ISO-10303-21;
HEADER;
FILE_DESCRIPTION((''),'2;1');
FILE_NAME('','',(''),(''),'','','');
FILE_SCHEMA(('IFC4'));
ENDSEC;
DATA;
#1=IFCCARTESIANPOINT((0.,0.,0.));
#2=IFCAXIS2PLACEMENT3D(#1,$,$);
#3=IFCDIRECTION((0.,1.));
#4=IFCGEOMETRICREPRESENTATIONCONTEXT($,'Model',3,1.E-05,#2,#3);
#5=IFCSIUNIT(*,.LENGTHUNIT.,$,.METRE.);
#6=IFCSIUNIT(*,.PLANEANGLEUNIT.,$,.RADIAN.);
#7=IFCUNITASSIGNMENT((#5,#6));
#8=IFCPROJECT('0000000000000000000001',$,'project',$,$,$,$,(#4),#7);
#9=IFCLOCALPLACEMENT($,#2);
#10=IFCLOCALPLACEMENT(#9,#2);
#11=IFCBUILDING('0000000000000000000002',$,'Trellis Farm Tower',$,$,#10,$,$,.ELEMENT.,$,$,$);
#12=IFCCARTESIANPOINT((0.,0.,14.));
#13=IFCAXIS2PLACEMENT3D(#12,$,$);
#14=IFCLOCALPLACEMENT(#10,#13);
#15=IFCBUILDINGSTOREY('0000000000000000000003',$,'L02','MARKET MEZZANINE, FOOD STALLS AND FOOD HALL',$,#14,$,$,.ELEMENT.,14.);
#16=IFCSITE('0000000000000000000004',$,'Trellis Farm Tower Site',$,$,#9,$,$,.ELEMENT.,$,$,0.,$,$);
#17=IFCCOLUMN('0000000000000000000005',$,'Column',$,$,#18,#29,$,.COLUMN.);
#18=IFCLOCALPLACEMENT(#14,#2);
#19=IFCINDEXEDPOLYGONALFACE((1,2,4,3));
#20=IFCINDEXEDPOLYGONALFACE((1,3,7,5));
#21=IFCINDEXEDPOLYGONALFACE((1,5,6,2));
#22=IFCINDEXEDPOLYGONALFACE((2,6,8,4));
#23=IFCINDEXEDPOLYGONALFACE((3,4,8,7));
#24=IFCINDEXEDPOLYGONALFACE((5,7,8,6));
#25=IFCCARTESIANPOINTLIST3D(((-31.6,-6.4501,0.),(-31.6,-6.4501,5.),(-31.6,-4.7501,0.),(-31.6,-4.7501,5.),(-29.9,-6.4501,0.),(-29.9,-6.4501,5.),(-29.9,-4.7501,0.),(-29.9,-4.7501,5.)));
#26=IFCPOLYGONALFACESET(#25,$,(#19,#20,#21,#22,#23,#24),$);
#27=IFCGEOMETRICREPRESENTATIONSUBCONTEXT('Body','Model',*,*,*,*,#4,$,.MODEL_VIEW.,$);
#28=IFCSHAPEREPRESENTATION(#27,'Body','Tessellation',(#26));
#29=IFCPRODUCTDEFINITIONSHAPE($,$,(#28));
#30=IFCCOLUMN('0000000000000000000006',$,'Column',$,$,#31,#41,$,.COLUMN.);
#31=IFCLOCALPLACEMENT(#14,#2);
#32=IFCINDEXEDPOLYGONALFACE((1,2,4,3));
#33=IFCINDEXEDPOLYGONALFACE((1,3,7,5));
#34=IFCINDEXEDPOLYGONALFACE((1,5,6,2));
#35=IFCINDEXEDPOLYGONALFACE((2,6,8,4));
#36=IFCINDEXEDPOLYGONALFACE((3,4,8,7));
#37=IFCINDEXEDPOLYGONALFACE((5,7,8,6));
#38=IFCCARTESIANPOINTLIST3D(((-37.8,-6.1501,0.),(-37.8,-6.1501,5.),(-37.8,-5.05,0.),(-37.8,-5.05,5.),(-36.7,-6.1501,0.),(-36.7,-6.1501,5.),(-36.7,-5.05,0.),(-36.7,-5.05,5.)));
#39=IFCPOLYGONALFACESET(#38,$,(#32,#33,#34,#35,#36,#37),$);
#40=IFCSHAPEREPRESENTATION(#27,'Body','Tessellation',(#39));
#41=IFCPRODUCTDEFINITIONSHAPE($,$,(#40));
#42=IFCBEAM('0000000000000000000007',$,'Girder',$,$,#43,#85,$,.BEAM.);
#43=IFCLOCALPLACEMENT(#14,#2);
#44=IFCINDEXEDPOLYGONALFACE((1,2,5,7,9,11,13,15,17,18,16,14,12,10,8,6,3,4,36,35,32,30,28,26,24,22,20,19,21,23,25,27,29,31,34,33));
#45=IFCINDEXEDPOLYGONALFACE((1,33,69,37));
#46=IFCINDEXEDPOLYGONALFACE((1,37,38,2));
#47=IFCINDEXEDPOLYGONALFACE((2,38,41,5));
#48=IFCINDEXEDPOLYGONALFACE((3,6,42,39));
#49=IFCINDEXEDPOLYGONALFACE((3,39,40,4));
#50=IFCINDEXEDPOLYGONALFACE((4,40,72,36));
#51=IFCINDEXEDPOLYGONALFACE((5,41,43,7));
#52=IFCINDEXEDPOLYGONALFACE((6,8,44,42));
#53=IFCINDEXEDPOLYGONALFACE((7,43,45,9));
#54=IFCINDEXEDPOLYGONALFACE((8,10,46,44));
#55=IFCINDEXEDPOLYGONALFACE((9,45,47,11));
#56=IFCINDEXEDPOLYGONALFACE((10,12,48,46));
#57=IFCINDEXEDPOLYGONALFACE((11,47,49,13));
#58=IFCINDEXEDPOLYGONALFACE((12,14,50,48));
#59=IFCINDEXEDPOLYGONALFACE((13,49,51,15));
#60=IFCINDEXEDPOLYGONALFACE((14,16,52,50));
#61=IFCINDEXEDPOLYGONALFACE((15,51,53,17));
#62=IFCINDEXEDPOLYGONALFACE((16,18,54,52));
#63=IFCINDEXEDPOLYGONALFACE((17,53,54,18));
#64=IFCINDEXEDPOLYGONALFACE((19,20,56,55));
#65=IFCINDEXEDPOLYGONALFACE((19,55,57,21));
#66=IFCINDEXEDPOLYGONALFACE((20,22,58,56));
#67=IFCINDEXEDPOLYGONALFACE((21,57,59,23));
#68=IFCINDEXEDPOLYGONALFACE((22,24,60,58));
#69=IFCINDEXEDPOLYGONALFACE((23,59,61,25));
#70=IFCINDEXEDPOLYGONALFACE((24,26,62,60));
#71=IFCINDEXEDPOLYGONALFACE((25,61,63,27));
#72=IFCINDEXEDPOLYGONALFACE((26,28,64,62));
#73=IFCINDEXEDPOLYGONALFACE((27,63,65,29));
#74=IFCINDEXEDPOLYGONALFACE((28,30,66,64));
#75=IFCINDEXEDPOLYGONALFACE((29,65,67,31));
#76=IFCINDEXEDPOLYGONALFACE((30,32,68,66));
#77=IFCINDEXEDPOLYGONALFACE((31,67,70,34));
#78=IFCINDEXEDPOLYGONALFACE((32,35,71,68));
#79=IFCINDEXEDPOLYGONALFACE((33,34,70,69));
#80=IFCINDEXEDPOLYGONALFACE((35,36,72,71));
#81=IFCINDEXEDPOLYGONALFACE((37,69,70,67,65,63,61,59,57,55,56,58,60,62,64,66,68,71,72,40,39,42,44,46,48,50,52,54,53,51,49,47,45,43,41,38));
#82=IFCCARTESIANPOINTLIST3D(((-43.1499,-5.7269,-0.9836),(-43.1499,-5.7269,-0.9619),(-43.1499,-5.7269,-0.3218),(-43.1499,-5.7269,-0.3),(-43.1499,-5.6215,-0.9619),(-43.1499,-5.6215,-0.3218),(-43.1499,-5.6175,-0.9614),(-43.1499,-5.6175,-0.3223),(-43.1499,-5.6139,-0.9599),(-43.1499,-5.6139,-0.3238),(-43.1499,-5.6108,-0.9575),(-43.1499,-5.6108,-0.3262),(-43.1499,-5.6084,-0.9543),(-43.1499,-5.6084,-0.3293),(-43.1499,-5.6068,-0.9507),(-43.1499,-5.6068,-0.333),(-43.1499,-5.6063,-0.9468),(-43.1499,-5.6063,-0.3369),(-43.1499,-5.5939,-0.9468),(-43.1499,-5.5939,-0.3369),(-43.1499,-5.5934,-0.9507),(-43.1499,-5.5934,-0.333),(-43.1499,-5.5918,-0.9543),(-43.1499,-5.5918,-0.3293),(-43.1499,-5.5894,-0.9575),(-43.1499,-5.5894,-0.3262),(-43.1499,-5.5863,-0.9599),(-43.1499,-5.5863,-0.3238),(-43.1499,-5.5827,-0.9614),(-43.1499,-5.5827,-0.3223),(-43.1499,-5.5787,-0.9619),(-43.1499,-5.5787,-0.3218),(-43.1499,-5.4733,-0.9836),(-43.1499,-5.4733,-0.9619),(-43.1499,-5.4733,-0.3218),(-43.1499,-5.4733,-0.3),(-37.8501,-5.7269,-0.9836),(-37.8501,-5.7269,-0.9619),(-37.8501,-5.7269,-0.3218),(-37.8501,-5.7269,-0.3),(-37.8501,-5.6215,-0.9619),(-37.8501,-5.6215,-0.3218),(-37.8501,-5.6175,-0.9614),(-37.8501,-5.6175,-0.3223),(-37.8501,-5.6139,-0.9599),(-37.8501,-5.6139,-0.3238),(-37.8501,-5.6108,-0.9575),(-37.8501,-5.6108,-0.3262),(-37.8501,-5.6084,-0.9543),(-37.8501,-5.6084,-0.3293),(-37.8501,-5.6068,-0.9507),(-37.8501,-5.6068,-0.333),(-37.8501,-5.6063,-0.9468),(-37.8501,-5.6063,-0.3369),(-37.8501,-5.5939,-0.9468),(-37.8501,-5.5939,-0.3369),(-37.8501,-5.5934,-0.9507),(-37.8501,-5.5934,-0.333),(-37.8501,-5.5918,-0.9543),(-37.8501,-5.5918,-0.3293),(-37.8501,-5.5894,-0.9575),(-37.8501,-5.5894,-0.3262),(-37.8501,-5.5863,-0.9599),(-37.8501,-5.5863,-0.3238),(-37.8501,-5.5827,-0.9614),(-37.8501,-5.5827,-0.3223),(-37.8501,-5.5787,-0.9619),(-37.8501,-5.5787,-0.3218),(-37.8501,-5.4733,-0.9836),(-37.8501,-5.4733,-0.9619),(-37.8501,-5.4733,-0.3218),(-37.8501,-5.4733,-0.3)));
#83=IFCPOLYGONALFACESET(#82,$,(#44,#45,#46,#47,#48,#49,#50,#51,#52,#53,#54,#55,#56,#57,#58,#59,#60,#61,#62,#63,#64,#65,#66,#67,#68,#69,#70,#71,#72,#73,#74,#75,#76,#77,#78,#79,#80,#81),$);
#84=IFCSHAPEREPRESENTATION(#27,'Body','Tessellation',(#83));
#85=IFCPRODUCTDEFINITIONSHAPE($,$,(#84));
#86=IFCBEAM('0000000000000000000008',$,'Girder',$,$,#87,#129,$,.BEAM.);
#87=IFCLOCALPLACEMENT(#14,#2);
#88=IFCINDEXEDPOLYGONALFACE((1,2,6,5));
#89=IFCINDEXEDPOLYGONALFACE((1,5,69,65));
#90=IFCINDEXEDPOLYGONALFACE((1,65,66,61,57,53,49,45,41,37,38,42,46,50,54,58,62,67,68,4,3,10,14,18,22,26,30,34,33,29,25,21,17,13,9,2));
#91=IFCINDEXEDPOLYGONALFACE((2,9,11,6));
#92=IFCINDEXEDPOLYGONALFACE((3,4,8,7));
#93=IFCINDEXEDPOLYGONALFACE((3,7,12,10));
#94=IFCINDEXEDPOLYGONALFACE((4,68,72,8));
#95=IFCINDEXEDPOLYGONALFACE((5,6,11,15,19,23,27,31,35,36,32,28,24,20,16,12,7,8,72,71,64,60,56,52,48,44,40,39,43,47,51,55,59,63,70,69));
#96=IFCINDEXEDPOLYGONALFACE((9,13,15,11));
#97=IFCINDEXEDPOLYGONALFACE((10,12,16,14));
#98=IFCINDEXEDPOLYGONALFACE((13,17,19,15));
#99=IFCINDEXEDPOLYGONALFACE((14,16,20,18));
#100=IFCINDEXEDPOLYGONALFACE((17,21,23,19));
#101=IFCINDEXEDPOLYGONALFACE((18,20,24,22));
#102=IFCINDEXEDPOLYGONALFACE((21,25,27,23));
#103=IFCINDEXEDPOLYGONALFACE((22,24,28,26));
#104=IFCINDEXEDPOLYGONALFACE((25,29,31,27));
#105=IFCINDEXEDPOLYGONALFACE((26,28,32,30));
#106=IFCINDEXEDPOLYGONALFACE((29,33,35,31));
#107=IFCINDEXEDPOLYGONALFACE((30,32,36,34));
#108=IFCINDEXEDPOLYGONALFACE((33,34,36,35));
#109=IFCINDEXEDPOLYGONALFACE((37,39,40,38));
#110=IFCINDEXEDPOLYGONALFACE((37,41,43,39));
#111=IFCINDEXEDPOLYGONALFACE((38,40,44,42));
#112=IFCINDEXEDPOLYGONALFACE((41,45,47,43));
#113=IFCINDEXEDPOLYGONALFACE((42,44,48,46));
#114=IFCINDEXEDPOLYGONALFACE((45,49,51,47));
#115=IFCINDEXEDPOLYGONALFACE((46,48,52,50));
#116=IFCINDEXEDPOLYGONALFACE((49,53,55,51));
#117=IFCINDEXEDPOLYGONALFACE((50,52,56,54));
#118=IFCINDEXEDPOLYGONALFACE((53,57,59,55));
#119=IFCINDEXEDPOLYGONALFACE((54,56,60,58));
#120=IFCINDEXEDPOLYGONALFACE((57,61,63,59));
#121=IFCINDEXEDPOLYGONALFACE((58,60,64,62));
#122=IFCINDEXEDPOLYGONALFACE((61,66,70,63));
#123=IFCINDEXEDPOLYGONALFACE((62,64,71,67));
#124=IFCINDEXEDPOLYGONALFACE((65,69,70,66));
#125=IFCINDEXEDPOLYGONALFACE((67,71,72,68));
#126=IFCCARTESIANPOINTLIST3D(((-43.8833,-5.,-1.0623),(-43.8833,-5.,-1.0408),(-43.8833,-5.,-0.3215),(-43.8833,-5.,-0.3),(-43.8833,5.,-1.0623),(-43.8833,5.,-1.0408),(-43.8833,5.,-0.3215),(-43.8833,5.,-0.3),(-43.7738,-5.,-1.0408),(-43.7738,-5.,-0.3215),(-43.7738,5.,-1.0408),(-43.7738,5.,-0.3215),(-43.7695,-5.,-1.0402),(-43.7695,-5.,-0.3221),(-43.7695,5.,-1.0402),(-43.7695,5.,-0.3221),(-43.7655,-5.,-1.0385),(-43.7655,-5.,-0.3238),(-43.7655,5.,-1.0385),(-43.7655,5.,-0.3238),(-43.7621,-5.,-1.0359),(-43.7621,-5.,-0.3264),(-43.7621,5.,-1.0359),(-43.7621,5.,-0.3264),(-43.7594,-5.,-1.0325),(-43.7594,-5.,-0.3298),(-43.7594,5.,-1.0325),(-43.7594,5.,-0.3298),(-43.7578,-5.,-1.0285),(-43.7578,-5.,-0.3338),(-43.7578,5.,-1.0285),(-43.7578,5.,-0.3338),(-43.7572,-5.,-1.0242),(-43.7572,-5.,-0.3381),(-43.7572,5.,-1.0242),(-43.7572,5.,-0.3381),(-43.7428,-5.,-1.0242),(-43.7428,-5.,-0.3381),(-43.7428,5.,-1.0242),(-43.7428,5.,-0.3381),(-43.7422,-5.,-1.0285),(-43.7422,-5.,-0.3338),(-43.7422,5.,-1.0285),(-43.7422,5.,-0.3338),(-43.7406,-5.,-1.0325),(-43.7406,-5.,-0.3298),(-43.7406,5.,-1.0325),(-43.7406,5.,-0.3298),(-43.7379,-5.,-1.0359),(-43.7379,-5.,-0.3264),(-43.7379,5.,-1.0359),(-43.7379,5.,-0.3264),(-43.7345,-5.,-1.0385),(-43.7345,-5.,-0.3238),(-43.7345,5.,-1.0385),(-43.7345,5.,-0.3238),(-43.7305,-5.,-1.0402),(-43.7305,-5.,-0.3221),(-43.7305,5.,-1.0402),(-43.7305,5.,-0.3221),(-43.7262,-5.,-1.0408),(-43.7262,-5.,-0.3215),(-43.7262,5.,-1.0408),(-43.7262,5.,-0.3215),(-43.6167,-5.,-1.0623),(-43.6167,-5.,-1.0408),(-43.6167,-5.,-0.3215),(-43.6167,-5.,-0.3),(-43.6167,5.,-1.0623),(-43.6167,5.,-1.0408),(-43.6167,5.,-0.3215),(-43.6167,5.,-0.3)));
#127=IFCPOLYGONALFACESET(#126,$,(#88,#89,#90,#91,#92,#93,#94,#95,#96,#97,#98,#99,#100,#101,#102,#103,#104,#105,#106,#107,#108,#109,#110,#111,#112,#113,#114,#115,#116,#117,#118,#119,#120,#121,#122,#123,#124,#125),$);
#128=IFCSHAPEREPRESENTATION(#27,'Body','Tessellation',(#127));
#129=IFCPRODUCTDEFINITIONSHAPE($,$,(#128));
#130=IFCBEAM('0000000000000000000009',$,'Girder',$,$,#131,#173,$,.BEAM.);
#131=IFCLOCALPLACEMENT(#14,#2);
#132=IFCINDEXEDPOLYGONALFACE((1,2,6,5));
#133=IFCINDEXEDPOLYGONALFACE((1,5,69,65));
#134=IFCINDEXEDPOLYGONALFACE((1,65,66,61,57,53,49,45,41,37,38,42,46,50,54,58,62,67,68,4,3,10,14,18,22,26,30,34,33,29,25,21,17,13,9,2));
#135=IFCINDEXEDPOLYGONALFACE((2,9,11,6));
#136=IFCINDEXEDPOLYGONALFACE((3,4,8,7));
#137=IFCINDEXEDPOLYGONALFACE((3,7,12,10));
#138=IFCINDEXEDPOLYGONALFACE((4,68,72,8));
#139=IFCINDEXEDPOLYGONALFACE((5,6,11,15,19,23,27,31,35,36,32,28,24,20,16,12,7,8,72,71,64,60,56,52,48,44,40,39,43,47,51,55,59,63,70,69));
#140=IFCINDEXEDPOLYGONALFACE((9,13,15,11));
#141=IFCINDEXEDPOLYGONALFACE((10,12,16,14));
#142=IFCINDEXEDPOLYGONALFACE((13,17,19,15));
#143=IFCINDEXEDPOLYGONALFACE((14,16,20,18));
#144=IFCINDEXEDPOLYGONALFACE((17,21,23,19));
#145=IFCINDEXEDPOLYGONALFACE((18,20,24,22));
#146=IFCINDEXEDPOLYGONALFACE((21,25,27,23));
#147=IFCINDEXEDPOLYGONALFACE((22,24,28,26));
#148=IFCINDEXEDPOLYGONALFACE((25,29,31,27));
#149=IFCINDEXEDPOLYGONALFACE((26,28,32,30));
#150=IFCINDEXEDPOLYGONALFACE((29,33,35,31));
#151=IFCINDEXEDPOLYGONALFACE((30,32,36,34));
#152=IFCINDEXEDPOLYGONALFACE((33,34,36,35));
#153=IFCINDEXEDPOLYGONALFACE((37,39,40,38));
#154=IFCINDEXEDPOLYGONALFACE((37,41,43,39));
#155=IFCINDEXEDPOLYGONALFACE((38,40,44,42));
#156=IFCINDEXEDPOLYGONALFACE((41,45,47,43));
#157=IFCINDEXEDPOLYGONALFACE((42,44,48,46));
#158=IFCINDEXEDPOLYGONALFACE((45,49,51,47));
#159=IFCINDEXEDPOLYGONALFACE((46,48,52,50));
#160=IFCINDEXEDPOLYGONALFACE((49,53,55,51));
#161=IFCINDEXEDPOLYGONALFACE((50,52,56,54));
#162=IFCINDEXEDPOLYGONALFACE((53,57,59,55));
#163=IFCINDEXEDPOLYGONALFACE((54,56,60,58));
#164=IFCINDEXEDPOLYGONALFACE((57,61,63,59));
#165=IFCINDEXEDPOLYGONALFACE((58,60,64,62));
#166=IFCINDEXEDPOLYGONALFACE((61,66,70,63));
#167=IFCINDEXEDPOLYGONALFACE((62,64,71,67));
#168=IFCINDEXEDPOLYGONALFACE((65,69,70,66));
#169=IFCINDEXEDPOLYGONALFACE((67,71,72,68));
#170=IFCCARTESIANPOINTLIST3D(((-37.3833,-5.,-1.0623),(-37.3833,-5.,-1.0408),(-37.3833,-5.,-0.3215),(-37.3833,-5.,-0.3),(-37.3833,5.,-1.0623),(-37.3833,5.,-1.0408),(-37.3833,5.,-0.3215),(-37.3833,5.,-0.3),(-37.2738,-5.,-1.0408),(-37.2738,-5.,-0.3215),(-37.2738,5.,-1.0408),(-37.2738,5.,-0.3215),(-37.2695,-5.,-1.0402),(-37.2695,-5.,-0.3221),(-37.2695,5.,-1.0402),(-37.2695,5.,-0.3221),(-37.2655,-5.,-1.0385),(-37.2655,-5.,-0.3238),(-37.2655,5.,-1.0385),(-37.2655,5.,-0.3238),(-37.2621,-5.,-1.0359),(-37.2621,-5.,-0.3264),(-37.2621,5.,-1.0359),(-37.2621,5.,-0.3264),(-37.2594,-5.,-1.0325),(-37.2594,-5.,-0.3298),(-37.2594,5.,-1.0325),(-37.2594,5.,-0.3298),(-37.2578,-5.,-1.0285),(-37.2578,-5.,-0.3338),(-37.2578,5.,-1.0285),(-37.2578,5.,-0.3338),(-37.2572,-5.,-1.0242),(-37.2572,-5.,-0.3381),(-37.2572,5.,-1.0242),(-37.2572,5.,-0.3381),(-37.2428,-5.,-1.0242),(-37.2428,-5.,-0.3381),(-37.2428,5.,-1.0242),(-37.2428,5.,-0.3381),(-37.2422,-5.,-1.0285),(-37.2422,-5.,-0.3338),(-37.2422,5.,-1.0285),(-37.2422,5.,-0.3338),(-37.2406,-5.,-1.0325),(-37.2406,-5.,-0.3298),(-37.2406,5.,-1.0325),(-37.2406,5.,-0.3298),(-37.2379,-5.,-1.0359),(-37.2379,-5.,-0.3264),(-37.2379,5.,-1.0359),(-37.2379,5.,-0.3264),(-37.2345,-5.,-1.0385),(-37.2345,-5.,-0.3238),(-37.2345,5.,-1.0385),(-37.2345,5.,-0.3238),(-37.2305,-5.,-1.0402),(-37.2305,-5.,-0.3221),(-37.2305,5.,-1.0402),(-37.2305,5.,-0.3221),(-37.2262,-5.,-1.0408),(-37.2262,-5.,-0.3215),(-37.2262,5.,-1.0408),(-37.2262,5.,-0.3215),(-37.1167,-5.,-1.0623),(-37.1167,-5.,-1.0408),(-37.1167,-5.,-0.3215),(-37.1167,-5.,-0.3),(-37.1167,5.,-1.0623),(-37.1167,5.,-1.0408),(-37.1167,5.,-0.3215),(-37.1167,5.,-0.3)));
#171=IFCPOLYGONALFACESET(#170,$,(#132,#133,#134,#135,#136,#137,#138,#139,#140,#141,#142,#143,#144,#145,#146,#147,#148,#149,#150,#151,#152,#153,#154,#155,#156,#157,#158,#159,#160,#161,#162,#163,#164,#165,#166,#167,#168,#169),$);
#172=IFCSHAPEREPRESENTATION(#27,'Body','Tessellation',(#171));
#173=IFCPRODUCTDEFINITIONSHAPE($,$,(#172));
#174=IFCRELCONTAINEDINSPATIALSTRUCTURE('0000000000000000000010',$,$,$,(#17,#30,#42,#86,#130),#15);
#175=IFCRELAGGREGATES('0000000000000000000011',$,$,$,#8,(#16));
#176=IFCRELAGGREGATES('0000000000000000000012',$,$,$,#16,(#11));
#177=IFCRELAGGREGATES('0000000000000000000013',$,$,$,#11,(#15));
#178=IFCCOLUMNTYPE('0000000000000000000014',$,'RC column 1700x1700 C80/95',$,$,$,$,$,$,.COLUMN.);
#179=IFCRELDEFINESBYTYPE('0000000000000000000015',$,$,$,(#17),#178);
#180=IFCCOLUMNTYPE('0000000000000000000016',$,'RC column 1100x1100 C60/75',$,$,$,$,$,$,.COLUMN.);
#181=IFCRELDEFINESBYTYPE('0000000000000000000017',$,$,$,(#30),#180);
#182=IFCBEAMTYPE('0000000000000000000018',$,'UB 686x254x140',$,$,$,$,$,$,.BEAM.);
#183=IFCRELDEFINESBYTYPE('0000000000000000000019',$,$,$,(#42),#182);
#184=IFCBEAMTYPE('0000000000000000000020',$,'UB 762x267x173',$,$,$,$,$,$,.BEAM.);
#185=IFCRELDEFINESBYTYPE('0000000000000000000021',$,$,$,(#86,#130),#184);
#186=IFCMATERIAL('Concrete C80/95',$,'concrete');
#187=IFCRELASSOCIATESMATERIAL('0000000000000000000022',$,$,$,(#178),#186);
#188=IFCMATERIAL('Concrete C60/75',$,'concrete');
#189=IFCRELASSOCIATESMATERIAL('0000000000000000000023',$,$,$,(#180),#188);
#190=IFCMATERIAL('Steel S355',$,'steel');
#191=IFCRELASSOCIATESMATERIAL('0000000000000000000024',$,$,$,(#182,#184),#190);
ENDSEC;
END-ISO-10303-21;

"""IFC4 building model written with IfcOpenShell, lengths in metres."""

from ifc_helpers import new_model, si_unit, direction, frame, origin, origin_2d, place, context, subcontext, project, spatial, rectangle, i_section, extrude, source, transform, mapped, material, material_profile, profile_set, type_object, element, save


model = new_model("IFC4")

# Units and contexts
model_context = context("Model", 3, precision=1e-05, world=origin(), true_north=direction((0.0, 1.0)))
body_context = subcontext(model_context, "Body", "Model", "MODEL_VIEW")
ifc_project = project(units=[si_unit("LENGTHUNIT", "METRE"), si_unit("PLANEANGLEUNIT", "RADIAN")], contexts=[model_context])

# Site, building, storey
site_placement = place(None, origin())
site = spatial("IfcSite", under=ifc_project, at=site_placement, Name="Trellis Farm Tower Site", CompositionType="ELEMENT", RefElevation=0.0)
building_placement = place(site_placement, origin())
building = spatial("IfcBuilding", under=site, at=building_placement, Name="Trellis Farm Tower", CompositionType="ELEMENT")
storey_placement = place(building_placement, frame((0.0, 0.0, 14.0)))
storey = spatial("IfcBuildingStorey", under=building, at=storey_placement, Name="L02", Description="MARKET MEZZANINE, FOOD STALLS AND FOOD HALL", CompositionType="ELEMENT", Elevation=14.0)

# Columns
ifc_material_1 = material(Name="Concrete C80/95", Category="concrete")
ifc_material_profile_1 = material_profile(ifc_material_1, rectangle(XDim=1.7, YDim=1.7, at=origin_2d()), Name="RC column 1700x1700 C80/95")
ifc_profile_set_1 = profile_set([ifc_material_profile_1], Name="Concrete C80/95")
column_type_1 = type_object("IfcColumnType", Name="RC column 1700x1700 C80/95", PredefinedType="COLUMN", material=ifc_profile_set_1)
shared_shape_1 = source(origin(), body_context, "Body", "SweptSolid", [
    extrude(rectangle(XDim=1.7, YDim=1.7, at=origin_2d()), origin(), (0.0, 0.0, 1.0), 5.0),
])
column_1_placement = place(storey_placement, frame((-30.75, -5.6001, 0.0), z_axis=(0.0, 0.0, 1.0), x_axis=(1.0, 0.0, 0.0)))
element("IfcColumn", 1, at=column_1_placement, inside=storey, type_object=column_type_1, Name="Column", PredefinedType="COLUMN", context=body_context, shape_type="MappedRepresentation", body=[
    mapped(shared_shape_1, transform((0.0, 0.0, 0.0))),
])
ifc_material_2 = material(Name="Concrete C60/75", Category="concrete")
ifc_material_profile_2 = material_profile(ifc_material_2, rectangle(XDim=1.1001, YDim=1.1001, at=origin_2d()), Name="RC column 1100x1100 C60/75")
ifc_profile_set_2 = profile_set([ifc_material_profile_2], Name="Concrete C60/75")
column_type_2 = type_object("IfcColumnType", Name="RC column 1100x1100 C60/75", PredefinedType="COLUMN", material=ifc_profile_set_2)
shared_shape_2 = source(origin(), body_context, "Body", "SweptSolid", [
    extrude(rectangle(XDim=1.1001, YDim=1.1001, at=origin_2d()), origin(), (0.0, 0.0, 1.0), 5.0),
])
column_2_placement = place(storey_placement, frame((-37.25, -5.6001, 0.0), z_axis=(0.0, 0.0, 1.0), x_axis=(1.0, 0.0, 0.0)))
element("IfcColumn", 2, at=column_2_placement, inside=storey, type_object=column_type_2, Name="Column", PredefinedType="COLUMN", context=body_context, shape_type="MappedRepresentation", body=[
    mapped(shared_shape_2, transform((0.0, 0.0, 0.0))),
])

# Beams
ifc_material_3 = material(Name="Steel S355", Category="steel")
ifc_material_profile_3 = material_profile(ifc_material_3, i_section(OverallWidth=0.2537, OverallDepth=0.6836, WebThickness=0.0125, FlangeThickness=0.0217, FilletRadius=0.0151, at=origin_2d()), Name="UB 686x254x140")
ifc_profile_set_3 = profile_set([ifc_material_profile_3], Name="Steel S355")
beam_type_1 = type_object("IfcBeamType", Name="UB 686x254x140", PredefinedType="BEAM", material=ifc_profile_set_3)
shared_shape_3 = source(origin(), body_context, "Body", "SweptSolid", [
    extrude(i_section(OverallWidth=0.2537, OverallDepth=0.6836, WebThickness=0.0125, FlangeThickness=0.0217, FilletRadius=0.0151, at=origin_2d()), origin(), (0.0, 0.0, 1.0), 5.2998),
])
beam_1_placement = place(storey_placement, frame((-43.1499, -5.6001, -0.6418), z_axis=(1.0, 0.0, 0.0), x_axis=(0.0, 1.0, 0.0)))
element("IfcBeam", 3, at=beam_1_placement, inside=storey, type_object=beam_type_1, Name="Girder", PredefinedType="BEAM", context=body_context, shape_type="MappedRepresentation", body=[
    mapped(shared_shape_3, transform((0.0, 0.0, 0.0))),
])
ifc_material_profile_4 = material_profile(ifc_material_3, i_section(OverallWidth=0.2666, OverallDepth=0.7622, WebThickness=0.0144, FlangeThickness=0.0215, FilletRadius=0.0166, at=origin_2d()), Name="UB 762x267x173")
ifc_profile_set_4 = profile_set([ifc_material_profile_4], Name="Steel S355")
beam_type_2 = type_object("IfcBeamType", Name="UB 762x267x173", PredefinedType="BEAM", material=ifc_profile_set_4)
shared_shape_4 = source(origin(), body_context, "Body", "SweptSolid", [
    extrude(i_section(OverallWidth=0.2666, OverallDepth=0.7622, WebThickness=0.0144, FlangeThickness=0.0215, FilletRadius=0.0166, at=origin_2d()), origin(), (0.0, 0.0, 1.0), 10.0),
])
for number, where, z_axis, x_axis, name in (
    (4, (-43.75, -5.0, -0.6812), (0.0, 1.0, 0.0), (-1.0, 0.0, 0.0), "Girder"),
    (5, (-37.25, -5.0, -0.6812), (0.0, 1.0, 0.0), (-1.0, 0.0, 0.0), "Girder"),
):
    element("IfcBeam", number, at=place(storey_placement, frame(where, z_axis=z_axis, x_axis=x_axis)), inside=storey, type_object=beam_type_2, Name=name, PredefinedType="BEAM", context=body_context, shape_type="MappedRepresentation", body=[
        mapped(shared_shape_4, transform((0.0, 0.0, 0.0))),
    ])

save(model, "model.ifc")
